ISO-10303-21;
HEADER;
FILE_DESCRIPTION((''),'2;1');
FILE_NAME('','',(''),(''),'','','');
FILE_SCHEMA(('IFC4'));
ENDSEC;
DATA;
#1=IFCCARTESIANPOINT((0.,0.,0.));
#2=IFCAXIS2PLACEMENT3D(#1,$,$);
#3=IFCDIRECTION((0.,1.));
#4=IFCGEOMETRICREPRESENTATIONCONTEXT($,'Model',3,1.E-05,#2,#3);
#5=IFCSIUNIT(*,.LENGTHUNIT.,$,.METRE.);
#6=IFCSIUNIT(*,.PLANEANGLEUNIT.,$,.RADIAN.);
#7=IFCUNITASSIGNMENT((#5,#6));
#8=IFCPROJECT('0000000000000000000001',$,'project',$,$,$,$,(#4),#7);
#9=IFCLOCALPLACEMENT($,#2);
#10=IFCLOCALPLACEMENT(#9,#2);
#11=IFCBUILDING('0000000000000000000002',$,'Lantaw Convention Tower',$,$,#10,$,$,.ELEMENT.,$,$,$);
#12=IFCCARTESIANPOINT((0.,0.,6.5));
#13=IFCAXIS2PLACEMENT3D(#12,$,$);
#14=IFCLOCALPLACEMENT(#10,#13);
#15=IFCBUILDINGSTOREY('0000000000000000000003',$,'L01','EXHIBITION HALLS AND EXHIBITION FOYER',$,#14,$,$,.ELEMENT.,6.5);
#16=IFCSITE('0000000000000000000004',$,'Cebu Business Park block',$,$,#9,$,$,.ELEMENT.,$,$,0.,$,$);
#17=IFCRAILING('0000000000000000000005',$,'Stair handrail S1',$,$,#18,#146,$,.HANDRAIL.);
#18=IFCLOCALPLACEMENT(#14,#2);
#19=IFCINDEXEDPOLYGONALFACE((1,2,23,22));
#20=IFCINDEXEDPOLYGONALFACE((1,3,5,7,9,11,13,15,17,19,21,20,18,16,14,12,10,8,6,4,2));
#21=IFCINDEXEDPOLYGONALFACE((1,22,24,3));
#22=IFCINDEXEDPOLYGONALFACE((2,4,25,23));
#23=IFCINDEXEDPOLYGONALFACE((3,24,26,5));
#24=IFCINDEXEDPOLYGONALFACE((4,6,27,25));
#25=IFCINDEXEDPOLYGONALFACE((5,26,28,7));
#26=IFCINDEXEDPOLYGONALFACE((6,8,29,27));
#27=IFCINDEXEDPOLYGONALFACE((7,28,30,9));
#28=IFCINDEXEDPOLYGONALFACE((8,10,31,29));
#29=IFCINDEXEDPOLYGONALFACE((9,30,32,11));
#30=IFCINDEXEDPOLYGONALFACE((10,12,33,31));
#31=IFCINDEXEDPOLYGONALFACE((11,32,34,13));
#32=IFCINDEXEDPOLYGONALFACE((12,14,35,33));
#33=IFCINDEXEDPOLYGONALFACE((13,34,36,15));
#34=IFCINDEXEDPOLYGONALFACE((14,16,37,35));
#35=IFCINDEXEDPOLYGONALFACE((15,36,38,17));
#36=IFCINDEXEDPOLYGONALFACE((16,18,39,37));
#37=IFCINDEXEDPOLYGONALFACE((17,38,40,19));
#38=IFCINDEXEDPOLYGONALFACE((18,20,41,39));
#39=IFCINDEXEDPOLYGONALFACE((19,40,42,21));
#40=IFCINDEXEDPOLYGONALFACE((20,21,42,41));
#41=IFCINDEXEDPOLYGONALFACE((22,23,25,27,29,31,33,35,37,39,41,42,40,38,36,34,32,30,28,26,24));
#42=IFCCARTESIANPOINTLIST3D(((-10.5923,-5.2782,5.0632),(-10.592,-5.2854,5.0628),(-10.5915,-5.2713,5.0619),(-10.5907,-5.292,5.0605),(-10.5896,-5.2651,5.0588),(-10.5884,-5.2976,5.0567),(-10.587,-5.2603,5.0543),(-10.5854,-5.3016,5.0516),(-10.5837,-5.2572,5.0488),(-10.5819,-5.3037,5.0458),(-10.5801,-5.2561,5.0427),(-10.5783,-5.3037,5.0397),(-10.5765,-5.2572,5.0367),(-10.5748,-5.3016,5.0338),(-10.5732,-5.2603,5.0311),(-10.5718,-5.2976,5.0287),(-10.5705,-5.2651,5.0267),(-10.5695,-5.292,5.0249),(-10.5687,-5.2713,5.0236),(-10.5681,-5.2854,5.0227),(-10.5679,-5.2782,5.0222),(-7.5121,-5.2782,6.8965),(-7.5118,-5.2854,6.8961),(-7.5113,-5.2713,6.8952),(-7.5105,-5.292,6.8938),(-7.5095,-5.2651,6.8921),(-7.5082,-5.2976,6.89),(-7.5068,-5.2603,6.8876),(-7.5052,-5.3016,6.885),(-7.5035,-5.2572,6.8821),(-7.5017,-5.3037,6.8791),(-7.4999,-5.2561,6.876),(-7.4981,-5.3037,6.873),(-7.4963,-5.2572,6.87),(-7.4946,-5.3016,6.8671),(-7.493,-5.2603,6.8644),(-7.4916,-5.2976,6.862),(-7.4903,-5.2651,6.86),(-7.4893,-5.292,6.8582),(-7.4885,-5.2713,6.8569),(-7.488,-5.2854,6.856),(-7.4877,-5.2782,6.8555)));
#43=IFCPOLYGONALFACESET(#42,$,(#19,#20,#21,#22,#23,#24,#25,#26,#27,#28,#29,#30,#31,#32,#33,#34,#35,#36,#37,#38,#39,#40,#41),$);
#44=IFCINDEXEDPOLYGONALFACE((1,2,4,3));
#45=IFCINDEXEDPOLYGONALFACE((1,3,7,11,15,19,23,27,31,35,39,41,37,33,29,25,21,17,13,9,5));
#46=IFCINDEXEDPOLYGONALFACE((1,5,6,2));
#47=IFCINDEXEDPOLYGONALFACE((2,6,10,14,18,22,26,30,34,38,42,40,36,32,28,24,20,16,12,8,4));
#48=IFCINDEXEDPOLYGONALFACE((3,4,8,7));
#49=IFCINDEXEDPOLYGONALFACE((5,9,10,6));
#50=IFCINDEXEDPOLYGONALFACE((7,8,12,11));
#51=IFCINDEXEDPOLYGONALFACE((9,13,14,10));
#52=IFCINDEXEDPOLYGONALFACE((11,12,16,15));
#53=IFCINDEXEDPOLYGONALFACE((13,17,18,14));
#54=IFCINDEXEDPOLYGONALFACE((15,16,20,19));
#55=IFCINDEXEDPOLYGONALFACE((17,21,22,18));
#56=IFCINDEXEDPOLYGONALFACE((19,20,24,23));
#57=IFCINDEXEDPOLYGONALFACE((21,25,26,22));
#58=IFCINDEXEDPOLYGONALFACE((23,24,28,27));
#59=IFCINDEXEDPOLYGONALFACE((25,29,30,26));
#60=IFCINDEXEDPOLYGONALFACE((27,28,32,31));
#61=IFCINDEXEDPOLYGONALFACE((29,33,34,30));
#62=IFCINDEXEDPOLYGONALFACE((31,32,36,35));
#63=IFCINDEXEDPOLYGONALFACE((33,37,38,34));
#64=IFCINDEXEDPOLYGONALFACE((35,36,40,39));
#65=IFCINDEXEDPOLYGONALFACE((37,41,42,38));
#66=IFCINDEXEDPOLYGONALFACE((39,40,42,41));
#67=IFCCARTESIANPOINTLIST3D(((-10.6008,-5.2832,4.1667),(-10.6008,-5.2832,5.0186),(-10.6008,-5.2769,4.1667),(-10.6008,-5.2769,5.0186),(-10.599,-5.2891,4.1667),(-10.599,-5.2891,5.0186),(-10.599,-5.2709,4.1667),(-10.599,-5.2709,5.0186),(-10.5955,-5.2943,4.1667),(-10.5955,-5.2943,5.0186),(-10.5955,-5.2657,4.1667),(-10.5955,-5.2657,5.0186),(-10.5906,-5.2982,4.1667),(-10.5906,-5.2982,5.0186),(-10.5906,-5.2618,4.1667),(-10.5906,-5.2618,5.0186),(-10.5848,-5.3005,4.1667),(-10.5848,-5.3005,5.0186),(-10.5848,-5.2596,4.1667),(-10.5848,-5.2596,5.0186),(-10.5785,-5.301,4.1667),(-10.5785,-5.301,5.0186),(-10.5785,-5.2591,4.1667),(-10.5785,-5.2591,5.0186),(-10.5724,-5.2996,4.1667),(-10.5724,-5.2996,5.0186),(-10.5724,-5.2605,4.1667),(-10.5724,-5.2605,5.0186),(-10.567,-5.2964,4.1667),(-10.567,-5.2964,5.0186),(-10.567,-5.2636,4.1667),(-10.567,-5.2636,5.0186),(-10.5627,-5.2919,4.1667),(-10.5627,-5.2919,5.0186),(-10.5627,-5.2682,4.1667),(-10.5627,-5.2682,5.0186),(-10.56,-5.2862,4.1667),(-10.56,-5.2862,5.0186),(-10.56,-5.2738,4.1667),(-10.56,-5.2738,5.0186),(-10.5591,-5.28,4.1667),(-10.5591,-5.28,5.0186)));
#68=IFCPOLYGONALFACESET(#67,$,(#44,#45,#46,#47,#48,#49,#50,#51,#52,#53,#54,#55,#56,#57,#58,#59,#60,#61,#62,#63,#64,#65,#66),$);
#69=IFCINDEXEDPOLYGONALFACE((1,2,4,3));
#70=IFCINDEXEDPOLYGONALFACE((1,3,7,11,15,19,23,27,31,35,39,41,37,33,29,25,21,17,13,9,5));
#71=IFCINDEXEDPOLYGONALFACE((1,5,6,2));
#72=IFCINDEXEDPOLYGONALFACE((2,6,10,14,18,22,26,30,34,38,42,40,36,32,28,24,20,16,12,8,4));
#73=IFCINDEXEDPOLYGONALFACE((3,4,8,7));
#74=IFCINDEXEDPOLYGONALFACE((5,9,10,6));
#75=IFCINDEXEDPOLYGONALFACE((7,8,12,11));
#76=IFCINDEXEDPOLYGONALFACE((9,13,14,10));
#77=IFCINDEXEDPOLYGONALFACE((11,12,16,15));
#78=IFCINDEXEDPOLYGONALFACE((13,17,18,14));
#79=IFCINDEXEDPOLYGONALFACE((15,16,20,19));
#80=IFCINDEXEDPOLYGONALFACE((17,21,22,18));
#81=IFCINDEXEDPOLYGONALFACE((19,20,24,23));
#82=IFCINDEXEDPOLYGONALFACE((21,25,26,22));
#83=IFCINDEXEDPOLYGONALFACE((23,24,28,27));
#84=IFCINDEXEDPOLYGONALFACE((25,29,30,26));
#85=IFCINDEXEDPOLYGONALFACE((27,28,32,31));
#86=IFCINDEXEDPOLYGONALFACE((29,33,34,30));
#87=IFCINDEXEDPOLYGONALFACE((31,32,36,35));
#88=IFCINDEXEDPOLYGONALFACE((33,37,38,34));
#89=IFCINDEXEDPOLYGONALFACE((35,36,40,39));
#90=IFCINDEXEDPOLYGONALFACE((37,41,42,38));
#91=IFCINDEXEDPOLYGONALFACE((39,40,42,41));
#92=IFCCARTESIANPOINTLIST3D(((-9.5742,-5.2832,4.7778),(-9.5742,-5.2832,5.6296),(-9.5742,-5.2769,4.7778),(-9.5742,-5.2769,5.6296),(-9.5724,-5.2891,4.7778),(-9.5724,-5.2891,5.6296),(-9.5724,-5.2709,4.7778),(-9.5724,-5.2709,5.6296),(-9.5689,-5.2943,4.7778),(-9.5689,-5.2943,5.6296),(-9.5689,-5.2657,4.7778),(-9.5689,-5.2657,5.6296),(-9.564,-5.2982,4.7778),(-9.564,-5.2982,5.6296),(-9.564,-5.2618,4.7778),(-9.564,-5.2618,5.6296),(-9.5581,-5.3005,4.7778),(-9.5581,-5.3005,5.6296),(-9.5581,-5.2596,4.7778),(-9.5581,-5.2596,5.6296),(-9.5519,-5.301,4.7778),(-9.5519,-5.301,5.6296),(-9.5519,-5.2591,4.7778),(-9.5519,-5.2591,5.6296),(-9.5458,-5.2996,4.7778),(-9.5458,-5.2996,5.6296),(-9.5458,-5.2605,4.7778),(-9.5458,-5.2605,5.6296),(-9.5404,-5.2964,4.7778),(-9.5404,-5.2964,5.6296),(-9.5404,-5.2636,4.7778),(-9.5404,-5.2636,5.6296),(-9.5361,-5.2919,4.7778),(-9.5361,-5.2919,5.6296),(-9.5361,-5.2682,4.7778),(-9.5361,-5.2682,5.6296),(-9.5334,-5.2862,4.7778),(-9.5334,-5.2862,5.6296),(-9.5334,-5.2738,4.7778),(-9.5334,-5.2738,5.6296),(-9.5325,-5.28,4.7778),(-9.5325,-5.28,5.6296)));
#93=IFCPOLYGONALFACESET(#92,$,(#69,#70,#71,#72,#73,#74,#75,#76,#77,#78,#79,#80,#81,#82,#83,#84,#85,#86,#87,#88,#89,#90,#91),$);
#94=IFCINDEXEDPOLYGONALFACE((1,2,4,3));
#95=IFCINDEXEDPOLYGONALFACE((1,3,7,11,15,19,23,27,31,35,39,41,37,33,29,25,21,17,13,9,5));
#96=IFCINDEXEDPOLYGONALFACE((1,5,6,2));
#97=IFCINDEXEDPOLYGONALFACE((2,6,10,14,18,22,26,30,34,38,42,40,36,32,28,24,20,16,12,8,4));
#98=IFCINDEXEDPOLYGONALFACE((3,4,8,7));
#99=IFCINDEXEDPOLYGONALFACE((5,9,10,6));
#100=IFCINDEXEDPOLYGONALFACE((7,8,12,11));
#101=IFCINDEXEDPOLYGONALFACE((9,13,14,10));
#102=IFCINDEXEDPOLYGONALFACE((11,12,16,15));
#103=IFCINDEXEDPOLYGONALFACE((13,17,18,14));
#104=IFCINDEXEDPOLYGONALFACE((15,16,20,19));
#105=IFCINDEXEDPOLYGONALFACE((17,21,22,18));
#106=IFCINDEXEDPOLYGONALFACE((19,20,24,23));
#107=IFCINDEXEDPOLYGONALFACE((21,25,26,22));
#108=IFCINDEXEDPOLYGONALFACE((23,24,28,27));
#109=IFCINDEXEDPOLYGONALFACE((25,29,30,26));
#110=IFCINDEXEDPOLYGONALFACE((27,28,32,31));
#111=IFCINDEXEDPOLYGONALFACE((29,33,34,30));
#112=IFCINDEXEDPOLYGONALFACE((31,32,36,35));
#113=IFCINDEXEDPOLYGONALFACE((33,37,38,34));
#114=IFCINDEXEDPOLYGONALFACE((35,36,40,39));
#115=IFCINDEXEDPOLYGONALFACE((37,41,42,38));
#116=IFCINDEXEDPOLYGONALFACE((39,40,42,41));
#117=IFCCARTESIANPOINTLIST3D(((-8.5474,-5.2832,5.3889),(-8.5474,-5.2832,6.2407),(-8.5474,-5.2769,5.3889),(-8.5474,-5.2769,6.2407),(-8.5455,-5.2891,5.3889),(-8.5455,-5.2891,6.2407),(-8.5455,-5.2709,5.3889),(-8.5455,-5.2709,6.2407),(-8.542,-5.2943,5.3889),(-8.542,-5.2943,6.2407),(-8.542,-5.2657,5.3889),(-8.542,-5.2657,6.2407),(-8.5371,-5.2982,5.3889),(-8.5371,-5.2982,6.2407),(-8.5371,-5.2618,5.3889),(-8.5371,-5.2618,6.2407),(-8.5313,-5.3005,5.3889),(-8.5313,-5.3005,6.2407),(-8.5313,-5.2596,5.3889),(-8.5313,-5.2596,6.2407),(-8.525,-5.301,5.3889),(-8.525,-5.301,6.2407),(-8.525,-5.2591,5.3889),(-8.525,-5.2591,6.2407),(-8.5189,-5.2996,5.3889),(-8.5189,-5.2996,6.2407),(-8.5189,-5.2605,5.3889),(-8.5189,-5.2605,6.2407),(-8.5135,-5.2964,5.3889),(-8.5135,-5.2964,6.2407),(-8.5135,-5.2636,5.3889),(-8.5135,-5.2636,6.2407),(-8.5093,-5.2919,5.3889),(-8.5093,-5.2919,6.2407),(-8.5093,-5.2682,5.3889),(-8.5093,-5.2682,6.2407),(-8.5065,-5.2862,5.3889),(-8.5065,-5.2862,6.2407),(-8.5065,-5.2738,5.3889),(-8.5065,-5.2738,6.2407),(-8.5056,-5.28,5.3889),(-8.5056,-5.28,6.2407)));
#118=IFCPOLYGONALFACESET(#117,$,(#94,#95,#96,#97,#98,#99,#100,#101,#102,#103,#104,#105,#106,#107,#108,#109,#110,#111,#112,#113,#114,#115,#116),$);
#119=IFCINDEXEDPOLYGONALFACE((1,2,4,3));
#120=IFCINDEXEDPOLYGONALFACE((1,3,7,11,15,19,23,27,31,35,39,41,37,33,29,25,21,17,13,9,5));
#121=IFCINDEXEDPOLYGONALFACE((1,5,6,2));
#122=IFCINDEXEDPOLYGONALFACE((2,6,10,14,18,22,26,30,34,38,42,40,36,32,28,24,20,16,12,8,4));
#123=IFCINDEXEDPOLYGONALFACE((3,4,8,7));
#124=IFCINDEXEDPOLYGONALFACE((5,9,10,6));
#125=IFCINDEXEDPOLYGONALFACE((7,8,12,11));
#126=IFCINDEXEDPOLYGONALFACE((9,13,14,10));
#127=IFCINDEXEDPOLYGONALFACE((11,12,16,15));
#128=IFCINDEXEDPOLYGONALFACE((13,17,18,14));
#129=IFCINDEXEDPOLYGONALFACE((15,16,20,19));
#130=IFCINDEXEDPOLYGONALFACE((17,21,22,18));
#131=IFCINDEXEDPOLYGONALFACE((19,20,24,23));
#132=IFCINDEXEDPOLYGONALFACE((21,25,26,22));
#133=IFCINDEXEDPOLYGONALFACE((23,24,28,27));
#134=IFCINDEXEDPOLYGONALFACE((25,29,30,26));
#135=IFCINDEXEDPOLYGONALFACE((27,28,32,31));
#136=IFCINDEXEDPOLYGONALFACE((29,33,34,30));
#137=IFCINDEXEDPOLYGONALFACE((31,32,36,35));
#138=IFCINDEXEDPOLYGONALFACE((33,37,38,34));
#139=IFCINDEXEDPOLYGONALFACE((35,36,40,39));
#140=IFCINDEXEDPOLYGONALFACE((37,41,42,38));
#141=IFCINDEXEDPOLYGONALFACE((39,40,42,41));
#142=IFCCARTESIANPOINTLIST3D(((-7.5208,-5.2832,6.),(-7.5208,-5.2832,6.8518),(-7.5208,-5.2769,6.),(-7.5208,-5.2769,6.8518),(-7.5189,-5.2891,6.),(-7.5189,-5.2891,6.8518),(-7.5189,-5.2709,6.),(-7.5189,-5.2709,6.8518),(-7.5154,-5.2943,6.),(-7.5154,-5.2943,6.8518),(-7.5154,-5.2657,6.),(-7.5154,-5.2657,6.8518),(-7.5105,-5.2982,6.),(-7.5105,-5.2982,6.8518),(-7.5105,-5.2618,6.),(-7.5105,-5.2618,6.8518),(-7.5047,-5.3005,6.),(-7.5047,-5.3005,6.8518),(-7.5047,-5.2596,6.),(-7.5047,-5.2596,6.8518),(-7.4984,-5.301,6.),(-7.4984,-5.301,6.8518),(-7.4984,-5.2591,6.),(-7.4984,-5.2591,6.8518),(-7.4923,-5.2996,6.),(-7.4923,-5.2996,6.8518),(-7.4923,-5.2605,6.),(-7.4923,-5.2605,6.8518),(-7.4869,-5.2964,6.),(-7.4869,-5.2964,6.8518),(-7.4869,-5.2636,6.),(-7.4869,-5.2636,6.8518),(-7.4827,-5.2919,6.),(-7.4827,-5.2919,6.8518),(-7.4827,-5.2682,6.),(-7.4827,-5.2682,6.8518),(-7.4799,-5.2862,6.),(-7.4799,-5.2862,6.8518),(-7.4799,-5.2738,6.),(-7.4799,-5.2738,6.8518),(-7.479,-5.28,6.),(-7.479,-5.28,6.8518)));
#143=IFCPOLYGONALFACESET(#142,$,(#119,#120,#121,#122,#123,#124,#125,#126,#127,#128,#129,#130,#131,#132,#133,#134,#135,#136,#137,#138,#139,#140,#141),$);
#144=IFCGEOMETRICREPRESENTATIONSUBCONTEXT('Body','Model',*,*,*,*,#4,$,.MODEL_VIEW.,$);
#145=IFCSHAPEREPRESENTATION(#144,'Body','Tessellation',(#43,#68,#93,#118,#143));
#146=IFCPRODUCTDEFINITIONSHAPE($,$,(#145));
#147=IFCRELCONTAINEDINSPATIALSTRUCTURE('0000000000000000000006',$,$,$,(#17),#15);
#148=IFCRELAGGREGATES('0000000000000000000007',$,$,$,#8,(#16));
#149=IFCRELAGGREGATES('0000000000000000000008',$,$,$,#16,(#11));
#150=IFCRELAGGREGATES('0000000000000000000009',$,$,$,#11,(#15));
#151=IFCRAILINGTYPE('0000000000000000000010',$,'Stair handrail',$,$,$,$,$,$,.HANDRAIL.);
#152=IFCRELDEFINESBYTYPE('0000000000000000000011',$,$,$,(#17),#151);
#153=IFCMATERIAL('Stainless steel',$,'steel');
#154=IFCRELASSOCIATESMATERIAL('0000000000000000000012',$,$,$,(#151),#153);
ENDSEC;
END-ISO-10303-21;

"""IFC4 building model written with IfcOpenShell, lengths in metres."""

from ifc_helpers import new_model, si_unit, direction, frame, origin, origin_2d, place, context, subcontext, project, spatial, circle, extrude, material, type_object, element, save


model = new_model("IFC4")

# Units and contexts
model_context = context("Model", 3, precision=1e-05, world=origin(), true_north=direction((0.0, 1.0)))
body_context = subcontext(model_context, "Body", "Model", "MODEL_VIEW")
ifc_project = project(units=[si_unit("LENGTHUNIT", "METRE"), si_unit("PLANEANGLEUNIT", "RADIAN")], contexts=[model_context])

# Site, building, storey
site_placement = place(None, origin())
site = spatial("IfcSite", under=ifc_project, at=site_placement, Name="Cebu Business Park block", CompositionType="ELEMENT", RefElevation=0.0)
building_placement = place(site_placement, origin())
building = spatial("IfcBuilding", under=site, at=building_placement, Name="Lantaw Convention Tower", CompositionType="ELEMENT")
storey_placement = place(building_placement, frame((0.0, 0.0, 6.5)))
storey = spatial("IfcBuildingStorey", under=building, at=storey_placement, Name="L01", Description="EXHIBITION HALLS AND EXHIBITION FOYER", CompositionType="ELEMENT", Elevation=6.5)

# Railing
ifc_material_1 = material(Name="Stainless steel", Category="steel")
railing_type = type_object("IfcRailingType", Name="Stair handrail", PredefinedType="HANDRAIL", material=ifc_material_1)
railing_1_placement = place(storey_placement, frame((-10.5801, -5.28, 4.1667)))
element("IfcRailing", 1, at=railing_1_placement, inside=storey, type_object=railing_type, Name="Stair handrail S1", PredefinedType="HANDRAIL", context=body_context, shape_type="SweptSolid", body=[
    extrude(circle(Radius=0.0239, at=origin_2d()), frame((0.0, 0.0, 0.876), z_axis=(0.859309, 0.0, 0.511458), x_axis=(0.0, 1.0, 0.0)), (0.0, 0.0, 1.0), 3.5845),
    extrude(circle(Radius=0.021, at=origin_2d()), origin(), (0.0, 0.0, 1.0), 0.8518),
    extrude(circle(Radius=0.021, at=origin_2d()), frame((1.0266, 0.0, 0.6111)), (0.0, 0.0, 1.0), 0.8518),
    extrude(circle(Radius=0.021, at=origin_2d()), frame((2.0535, 0.0, 1.2222)), (0.0, 0.0, 1.0), 0.8518),
    extrude(circle(Radius=0.021, at=origin_2d()), frame((3.0801, 0.0, 1.8333)), (0.0, 0.0, 1.0), 0.8518),
])

save(model, "model.ifc")
